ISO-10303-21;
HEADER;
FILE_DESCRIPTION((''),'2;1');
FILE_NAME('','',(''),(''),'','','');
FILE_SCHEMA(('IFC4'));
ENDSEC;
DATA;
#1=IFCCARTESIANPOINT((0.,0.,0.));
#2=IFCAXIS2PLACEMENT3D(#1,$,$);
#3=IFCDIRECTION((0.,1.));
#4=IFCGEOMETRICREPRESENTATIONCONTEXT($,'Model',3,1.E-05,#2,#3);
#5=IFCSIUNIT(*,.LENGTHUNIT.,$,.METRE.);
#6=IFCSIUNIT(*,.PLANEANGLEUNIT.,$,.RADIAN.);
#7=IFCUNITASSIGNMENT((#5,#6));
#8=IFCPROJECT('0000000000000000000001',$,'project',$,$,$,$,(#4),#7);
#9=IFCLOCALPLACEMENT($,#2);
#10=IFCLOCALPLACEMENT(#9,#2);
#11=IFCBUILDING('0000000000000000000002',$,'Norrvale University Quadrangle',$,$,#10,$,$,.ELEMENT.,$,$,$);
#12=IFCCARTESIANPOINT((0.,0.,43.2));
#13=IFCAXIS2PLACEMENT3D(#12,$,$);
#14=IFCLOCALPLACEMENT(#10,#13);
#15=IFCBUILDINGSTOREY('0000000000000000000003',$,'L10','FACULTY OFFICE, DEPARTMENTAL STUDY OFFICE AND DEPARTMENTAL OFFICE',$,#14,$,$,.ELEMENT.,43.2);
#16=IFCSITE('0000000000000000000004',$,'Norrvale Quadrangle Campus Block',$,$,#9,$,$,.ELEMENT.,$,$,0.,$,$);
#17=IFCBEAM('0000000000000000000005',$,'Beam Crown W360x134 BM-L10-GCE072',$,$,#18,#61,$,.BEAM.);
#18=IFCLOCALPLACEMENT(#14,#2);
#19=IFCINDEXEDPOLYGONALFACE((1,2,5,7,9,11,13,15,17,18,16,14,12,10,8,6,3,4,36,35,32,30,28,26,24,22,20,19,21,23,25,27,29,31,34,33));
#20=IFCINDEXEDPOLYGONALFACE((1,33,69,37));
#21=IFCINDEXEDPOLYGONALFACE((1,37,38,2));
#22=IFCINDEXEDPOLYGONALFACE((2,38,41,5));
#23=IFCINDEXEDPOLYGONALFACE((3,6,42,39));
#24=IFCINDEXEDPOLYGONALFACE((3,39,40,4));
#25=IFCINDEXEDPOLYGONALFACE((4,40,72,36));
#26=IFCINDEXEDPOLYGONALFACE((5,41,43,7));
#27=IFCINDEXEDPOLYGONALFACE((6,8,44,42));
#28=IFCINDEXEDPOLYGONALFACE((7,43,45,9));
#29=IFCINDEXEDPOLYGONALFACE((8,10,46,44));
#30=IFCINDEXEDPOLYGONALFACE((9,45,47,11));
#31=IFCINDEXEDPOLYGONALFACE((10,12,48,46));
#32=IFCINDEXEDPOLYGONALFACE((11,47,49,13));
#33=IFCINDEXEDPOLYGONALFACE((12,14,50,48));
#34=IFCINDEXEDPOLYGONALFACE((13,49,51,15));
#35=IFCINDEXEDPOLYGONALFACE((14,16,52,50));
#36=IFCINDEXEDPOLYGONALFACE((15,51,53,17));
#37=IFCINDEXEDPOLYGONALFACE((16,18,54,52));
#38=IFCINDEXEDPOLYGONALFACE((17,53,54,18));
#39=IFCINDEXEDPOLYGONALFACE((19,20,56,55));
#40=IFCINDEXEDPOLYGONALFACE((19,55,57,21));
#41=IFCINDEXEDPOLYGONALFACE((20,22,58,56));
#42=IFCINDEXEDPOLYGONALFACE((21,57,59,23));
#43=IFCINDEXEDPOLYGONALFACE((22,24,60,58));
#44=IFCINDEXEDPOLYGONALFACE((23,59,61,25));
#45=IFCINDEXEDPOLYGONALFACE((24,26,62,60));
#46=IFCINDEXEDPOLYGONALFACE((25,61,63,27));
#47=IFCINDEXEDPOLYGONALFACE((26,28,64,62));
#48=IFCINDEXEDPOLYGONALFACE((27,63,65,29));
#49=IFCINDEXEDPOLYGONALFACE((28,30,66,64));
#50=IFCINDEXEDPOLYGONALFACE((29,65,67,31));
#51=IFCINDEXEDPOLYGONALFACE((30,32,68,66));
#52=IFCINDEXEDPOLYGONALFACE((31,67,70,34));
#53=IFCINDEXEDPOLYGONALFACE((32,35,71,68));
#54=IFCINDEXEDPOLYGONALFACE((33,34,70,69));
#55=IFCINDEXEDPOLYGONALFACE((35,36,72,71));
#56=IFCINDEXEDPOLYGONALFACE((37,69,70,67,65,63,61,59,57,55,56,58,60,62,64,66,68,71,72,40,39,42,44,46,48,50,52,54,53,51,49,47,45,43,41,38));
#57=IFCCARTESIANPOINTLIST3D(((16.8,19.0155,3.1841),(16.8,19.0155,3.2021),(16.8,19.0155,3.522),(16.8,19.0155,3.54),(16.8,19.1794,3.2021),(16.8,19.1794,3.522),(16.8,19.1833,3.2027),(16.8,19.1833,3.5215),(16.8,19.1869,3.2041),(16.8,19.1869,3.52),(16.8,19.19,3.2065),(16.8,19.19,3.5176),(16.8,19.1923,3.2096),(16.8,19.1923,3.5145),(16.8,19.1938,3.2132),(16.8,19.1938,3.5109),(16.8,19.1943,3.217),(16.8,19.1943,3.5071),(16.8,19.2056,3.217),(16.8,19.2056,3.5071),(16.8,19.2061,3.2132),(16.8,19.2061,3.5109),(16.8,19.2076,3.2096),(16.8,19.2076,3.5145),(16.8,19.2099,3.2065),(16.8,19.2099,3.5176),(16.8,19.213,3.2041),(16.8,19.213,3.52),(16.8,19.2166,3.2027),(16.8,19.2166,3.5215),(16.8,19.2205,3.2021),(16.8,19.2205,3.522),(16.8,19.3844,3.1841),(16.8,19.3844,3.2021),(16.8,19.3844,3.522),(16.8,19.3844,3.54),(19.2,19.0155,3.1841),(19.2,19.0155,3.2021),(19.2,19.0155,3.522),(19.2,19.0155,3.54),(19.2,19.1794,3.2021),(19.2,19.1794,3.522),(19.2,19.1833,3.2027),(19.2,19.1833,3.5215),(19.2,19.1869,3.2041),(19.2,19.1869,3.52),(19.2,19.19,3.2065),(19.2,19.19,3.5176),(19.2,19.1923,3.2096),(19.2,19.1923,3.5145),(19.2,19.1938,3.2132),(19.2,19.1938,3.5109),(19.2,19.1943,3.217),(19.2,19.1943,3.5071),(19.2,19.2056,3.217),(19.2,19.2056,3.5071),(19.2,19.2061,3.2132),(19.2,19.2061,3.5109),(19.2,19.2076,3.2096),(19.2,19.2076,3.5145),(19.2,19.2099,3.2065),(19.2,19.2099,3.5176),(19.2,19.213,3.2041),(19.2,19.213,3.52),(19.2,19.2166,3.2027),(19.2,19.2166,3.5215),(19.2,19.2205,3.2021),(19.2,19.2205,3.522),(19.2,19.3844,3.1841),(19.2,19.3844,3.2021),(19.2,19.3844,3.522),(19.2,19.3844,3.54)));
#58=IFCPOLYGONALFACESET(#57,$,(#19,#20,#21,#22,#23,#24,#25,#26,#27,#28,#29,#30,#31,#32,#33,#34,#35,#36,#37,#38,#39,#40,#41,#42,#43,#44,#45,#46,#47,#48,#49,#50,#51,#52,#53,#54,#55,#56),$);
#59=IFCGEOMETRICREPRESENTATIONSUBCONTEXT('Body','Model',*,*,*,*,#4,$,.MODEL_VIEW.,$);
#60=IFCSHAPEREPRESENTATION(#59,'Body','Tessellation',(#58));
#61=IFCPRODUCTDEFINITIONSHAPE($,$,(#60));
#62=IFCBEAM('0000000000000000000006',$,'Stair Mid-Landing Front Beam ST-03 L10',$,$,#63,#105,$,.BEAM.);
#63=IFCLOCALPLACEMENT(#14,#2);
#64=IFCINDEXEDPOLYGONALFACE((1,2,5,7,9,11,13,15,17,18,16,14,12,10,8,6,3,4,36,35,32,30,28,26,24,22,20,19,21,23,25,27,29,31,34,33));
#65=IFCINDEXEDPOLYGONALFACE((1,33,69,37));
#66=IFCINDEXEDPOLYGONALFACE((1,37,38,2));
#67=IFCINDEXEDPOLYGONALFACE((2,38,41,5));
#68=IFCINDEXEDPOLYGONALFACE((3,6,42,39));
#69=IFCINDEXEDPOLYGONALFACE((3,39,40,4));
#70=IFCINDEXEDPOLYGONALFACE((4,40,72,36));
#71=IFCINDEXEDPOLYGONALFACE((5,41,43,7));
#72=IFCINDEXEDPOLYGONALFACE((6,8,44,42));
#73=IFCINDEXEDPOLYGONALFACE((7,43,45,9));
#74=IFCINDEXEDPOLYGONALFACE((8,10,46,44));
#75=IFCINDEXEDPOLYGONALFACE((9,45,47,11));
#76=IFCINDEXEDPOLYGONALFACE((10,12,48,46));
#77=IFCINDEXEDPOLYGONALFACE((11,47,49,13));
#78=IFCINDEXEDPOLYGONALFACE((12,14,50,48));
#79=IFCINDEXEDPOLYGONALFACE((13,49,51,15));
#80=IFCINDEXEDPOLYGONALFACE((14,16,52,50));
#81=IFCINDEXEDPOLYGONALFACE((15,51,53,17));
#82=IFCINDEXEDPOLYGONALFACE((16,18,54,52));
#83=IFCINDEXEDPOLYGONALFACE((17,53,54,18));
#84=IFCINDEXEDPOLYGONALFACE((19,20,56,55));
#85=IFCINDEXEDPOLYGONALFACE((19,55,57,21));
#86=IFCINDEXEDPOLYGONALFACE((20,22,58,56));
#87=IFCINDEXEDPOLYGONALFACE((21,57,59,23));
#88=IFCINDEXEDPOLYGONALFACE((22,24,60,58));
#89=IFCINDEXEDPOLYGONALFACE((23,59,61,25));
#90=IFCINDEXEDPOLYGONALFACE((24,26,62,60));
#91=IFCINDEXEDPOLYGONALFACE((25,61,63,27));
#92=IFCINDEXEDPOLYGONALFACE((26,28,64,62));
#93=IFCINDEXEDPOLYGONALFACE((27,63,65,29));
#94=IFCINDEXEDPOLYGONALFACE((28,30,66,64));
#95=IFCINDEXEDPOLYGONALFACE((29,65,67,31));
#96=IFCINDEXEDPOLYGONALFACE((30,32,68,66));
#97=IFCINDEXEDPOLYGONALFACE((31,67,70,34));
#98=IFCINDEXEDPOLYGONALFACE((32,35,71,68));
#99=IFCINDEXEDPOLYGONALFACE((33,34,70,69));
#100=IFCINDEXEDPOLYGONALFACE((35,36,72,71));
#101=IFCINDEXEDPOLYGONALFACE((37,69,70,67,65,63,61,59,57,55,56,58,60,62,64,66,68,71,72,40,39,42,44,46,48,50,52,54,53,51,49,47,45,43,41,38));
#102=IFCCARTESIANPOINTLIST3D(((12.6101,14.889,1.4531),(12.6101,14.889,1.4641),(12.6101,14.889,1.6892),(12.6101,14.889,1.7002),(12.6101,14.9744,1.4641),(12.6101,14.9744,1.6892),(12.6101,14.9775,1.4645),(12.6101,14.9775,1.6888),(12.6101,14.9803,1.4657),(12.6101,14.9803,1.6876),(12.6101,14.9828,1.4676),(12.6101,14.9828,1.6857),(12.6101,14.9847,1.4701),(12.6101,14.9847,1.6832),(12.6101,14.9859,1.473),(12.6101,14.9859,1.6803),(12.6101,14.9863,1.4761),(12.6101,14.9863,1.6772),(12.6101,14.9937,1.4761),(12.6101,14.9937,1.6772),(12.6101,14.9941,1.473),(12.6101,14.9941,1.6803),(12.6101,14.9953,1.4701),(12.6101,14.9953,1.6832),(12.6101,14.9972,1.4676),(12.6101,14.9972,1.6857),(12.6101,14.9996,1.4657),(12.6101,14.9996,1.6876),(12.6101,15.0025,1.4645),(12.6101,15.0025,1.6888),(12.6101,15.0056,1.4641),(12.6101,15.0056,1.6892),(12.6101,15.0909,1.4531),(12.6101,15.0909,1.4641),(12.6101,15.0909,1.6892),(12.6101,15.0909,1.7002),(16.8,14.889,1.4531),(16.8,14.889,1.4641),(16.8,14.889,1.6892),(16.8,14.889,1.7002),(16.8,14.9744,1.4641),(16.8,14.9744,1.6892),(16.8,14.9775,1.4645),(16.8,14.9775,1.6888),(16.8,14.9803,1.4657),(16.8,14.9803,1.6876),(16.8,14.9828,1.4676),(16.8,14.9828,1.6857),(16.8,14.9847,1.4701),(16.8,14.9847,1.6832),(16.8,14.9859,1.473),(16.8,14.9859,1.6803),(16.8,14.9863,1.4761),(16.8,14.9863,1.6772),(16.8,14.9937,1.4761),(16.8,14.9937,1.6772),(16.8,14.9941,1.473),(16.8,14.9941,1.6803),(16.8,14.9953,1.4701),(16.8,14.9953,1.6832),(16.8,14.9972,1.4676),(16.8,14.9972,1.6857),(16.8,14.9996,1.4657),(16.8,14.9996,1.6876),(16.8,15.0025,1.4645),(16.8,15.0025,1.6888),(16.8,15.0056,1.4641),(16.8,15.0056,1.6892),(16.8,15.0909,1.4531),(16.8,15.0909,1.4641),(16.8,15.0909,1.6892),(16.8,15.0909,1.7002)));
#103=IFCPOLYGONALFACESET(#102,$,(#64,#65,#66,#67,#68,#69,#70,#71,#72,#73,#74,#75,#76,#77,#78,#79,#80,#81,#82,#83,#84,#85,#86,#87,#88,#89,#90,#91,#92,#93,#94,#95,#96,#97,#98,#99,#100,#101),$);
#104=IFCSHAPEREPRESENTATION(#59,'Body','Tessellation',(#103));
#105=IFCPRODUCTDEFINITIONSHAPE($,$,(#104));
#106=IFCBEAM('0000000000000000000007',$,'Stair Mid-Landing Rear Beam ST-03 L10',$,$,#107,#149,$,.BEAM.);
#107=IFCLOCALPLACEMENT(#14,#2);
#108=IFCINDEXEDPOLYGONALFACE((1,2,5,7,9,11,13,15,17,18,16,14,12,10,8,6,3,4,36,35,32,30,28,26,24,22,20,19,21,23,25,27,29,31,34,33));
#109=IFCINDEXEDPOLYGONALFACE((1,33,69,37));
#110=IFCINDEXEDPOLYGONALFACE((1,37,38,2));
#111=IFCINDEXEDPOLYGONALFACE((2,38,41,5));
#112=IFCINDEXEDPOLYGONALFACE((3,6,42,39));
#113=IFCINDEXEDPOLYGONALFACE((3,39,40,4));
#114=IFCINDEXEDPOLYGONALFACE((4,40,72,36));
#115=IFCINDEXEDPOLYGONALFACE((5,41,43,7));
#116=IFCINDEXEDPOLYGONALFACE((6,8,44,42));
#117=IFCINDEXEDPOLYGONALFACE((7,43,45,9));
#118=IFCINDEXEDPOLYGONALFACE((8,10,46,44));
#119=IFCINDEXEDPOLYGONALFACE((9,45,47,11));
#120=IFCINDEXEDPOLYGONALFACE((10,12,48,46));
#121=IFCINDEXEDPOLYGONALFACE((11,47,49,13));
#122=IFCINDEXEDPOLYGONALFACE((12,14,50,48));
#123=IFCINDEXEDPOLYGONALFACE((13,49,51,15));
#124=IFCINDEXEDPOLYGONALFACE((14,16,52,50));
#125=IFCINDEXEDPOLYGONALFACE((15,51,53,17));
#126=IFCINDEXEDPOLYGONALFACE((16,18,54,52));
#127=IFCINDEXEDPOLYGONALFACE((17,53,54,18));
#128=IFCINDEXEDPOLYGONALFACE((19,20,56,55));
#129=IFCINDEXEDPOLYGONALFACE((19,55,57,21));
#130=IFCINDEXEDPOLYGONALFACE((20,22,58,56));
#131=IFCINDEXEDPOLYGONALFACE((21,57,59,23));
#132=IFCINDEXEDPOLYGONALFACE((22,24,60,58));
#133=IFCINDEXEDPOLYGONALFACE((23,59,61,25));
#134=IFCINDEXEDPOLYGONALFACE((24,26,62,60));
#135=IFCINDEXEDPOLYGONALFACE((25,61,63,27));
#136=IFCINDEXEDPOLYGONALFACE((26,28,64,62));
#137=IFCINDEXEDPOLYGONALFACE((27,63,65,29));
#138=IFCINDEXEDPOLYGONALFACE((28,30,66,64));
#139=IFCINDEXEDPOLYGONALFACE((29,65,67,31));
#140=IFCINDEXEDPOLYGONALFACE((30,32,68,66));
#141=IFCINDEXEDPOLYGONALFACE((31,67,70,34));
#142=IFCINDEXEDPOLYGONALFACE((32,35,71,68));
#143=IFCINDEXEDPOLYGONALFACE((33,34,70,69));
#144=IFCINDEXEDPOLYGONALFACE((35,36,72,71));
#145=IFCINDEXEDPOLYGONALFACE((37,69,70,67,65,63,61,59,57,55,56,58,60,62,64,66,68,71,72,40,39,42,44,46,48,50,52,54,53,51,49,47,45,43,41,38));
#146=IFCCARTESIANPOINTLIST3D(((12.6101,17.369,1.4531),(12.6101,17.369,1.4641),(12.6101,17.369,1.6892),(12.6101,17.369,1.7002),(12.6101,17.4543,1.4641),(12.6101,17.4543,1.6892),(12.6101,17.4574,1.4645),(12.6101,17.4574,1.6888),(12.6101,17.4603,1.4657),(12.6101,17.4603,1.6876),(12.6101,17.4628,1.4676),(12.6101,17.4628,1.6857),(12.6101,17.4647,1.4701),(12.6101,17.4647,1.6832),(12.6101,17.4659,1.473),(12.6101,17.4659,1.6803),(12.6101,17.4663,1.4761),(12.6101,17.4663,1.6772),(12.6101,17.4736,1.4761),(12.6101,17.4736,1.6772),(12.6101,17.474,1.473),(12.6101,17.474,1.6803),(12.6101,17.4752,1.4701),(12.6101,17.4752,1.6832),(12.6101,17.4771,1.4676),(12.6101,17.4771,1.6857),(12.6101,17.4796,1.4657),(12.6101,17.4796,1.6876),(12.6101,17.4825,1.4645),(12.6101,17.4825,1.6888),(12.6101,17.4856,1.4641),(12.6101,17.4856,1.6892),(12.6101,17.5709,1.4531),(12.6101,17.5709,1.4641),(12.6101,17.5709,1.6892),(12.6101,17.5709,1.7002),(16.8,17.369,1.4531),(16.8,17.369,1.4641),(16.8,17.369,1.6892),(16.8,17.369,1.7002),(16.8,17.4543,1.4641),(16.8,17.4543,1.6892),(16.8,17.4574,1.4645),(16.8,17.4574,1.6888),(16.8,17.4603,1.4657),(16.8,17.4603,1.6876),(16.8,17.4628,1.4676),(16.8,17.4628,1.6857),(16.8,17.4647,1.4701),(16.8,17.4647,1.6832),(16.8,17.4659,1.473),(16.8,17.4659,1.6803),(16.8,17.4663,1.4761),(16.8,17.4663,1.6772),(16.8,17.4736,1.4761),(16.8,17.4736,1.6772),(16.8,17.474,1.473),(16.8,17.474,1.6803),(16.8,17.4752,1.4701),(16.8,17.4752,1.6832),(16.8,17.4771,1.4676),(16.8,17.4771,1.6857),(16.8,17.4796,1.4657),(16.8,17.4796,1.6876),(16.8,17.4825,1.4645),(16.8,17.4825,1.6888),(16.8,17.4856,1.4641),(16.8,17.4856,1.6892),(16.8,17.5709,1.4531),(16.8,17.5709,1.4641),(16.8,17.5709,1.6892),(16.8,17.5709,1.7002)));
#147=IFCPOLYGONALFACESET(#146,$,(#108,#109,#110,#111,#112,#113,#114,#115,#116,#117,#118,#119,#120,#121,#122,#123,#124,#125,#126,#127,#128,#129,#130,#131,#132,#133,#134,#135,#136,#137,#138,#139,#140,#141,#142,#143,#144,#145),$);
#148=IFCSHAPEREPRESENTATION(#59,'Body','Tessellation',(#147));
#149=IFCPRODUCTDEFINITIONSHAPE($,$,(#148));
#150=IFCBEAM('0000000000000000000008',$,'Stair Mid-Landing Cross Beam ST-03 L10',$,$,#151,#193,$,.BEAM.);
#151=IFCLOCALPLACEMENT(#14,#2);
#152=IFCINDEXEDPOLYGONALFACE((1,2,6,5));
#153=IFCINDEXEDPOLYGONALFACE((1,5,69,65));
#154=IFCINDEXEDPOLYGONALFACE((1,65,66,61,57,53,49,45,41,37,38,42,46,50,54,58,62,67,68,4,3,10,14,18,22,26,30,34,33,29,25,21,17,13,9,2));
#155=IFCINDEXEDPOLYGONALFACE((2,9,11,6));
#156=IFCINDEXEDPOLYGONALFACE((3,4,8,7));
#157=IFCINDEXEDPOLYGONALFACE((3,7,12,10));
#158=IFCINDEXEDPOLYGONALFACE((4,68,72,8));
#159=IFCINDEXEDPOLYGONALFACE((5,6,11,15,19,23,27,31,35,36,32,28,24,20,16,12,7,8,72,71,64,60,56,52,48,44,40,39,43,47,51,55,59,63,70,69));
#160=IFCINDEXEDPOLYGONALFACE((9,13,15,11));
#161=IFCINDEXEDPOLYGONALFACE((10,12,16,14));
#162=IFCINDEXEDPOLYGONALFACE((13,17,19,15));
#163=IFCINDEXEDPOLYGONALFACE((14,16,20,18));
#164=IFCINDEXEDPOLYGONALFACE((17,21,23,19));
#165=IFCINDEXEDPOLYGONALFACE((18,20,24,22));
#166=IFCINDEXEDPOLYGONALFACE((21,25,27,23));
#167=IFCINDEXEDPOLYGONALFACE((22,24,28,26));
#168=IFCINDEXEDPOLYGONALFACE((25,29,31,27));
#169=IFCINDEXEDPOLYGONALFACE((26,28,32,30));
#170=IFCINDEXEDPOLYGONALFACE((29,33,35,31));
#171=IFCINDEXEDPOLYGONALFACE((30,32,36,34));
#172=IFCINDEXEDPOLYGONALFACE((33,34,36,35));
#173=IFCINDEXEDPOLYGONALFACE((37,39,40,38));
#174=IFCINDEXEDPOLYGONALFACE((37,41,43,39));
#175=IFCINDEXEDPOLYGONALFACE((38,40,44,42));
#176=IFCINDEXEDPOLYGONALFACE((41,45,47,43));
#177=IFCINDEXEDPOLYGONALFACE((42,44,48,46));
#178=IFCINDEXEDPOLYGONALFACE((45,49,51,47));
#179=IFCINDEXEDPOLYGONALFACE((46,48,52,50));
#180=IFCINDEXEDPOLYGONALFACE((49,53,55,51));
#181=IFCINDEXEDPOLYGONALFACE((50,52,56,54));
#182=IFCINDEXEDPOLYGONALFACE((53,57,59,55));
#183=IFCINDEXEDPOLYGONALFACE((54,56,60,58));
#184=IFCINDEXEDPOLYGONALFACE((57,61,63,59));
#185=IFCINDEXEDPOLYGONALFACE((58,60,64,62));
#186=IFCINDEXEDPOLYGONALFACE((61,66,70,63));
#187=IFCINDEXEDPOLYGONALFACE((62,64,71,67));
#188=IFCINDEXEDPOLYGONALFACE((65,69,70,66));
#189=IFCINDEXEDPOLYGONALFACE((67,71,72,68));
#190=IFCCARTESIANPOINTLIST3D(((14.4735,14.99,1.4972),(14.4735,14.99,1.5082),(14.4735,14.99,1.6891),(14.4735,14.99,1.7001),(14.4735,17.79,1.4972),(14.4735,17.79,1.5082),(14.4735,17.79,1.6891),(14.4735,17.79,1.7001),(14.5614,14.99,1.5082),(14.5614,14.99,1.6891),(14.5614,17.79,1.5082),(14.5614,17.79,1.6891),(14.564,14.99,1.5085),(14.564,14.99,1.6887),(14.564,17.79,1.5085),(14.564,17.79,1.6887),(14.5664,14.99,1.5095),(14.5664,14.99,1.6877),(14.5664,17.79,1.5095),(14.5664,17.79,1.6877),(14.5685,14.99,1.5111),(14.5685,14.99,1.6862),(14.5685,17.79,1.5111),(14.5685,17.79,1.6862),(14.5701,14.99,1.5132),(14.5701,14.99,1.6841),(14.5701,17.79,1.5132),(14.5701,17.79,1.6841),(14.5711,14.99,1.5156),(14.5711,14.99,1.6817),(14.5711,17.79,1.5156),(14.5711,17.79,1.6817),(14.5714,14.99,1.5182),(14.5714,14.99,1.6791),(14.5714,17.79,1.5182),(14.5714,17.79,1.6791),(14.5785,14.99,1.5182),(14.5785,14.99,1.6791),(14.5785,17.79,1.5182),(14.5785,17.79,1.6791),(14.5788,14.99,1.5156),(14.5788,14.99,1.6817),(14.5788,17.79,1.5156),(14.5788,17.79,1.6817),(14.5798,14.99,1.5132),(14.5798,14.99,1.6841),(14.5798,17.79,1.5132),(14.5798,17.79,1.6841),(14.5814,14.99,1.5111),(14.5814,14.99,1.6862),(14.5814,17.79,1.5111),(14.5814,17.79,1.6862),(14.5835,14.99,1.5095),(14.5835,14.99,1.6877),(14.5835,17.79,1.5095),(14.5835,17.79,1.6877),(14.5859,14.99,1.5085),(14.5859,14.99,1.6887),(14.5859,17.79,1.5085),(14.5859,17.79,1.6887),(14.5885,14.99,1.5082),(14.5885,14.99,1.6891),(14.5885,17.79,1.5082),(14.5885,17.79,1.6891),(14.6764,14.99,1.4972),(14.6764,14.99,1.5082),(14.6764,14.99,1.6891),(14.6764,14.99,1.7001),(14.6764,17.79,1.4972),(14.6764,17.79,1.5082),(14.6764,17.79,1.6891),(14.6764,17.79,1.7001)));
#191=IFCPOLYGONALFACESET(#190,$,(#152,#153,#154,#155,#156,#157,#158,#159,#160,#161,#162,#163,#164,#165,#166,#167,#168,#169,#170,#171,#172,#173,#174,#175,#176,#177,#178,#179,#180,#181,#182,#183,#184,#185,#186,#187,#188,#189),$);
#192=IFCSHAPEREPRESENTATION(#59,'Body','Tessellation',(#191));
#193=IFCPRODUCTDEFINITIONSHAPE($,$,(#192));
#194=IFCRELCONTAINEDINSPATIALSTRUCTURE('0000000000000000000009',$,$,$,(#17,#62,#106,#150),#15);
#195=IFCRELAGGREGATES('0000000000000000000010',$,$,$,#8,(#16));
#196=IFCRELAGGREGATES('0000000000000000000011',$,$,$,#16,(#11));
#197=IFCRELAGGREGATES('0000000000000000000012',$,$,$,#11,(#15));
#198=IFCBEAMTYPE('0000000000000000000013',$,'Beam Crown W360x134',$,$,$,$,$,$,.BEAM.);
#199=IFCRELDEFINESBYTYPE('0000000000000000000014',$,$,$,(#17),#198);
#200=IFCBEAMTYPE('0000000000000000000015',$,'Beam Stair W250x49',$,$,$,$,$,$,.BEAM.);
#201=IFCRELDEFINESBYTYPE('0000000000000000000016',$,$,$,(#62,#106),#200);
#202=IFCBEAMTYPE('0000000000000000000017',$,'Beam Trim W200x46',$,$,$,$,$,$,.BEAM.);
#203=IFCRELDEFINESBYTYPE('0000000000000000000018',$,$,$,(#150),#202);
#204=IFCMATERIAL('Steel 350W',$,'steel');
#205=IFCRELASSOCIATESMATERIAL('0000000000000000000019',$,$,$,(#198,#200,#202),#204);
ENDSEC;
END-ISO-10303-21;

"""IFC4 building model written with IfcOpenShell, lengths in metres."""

from ifc_helpers import new_model, si_unit, direction, frame, origin, origin_2d, place, context, subcontext, project, spatial, i_section, extrude, material, material_profile, profile_set, type_object, element, save


model = new_model("IFC4")

# Units and contexts
model_context = context("Model", 3, precision=1e-05, world=origin(), true_north=direction((0.0, 1.0)))
body_context = subcontext(model_context, "Body", "Model", "MODEL_VIEW")
ifc_project = project(units=[si_unit("LENGTHUNIT", "METRE"), si_unit("PLANEANGLEUNIT", "RADIAN")], contexts=[model_context])

# Site, building, storey
site_placement = place(None, origin())
site = spatial("IfcSite", under=ifc_project, at=site_placement, Name="Norrvale Quadrangle Campus Block", CompositionType="ELEMENT", RefElevation=0.0)
building_placement = place(site_placement, origin())
building = spatial("IfcBuilding", under=site, at=building_placement, Name="Norrvale University Quadrangle", CompositionType="ELEMENT")
storey_placement = place(building_placement, frame((0.0, 0.0, 43.2)))
storey = spatial("IfcBuildingStorey", under=building, at=storey_placement, Name="L10", Description="FACULTY OFFICE, DEPARTMENTAL STUDY OFFICE AND DEPARTMENTAL OFFICE", CompositionType="ELEMENT", Elevation=43.2)

# Beams
ifc_material_1 = material(Name="Steel 350W", Category="steel")
ifc_material_profile_1 = material_profile(ifc_material_1, i_section(OverallWidth=0.3689, OverallDepth=0.356, WebThickness=0.0112, FlangeThickness=0.0181, FilletRadius=0.0149, at=origin_2d()), Name="Steel 350W")
ifc_profile_set_1 = profile_set([ifc_material_profile_1], Name="Steel 350W")
beam_type_1 = type_object("IfcBeamType", Name="Beam Crown W360x134", PredefinedType="BEAM", material=ifc_profile_set_1)
beam_1_placement = place(storey_placement, frame((16.8, 19.2, 3.3621), z_axis=(1.0, 0.0, 0.0), x_axis=(0.0, 1.0, 0.0)))
element("IfcBeam", 1, at=beam_1_placement, inside=storey, type_object=beam_type_1, Name="Beam Crown W360x134 BM-L10-GCE072", PredefinedType="BEAM", context=body_context, shape_type="SweptSolid", body=[
    extrude(i_section(OverallWidth=0.3689, OverallDepth=0.356, WebThickness=0.0112, FlangeThickness=0.0181, FilletRadius=0.0149, at=origin_2d()), origin(), (0.0, 0.0, 1.0), 2.3999),
])
ifc_material_profile_2 = material_profile(ifc_material_1, i_section(OverallWidth=0.2019, OverallDepth=0.2471, WebThickness=0.0073, FlangeThickness=0.011, FilletRadius=0.012, at=origin_2d()), Name="Steel 350W")
ifc_profile_set_2 = profile_set([ifc_material_profile_2], Name="Steel 350W")
beam_type_2 = type_object("IfcBeamType", Name="Beam Stair W250x49", PredefinedType="BEAM", material=ifc_profile_set_2)
for number, where, z_axis, x_axis, name in (
    (2, (12.6101, 14.99, 1.5767), (1.0, 0.0, 0.0), (0.0, 1.0, 0.0), "Stair Mid-Landing Front Beam ST-03 L10"),
    (3, (12.6101, 17.47, 1.5767), (1.0, 0.0, 0.0), (0.0, 1.0, 0.0), "Stair Mid-Landing Rear Beam ST-03 L10"),
):
    element("IfcBeam", number, at=place(storey_placement, frame(where, z_axis=z_axis, x_axis=x_axis)), inside=storey, type_object=beam_type_2, Name=name, PredefinedType="BEAM", context=body_context, shape_type="SweptSolid", body=[
        extrude(i_section(OverallWidth=0.2019, OverallDepth=0.2471, WebThickness=0.0073, FlangeThickness=0.011, FilletRadius=0.012, at=origin_2d()), origin(), (0.0, 0.0, 1.0), 4.1899),
    ])
ifc_material_profile_3 = material_profile(ifc_material_1, i_section(OverallWidth=0.2029, OverallDepth=0.2029, WebThickness=0.0071, FlangeThickness=0.011, FilletRadius=0.01, at=origin_2d()), Name="Steel 350W")
ifc_profile_set_3 = profile_set([ifc_material_profile_3], Name="Steel 350W")
beam_type_3 = type_object("IfcBeamType", Name="Beam Trim W200x46", PredefinedType="BEAM", material=ifc_profile_set_3)
beam_2_placement = place(storey_placement, frame((14.575, 14.99, 1.5986), z_axis=(0.0, 1.0, 0.0), x_axis=(-1.0, 0.0, 0.0)))
element("IfcBeam", 4, at=beam_2_placement, inside=storey, type_object=beam_type_3, Name="Stair Mid-Landing Cross Beam ST-03 L10", PredefinedType="BEAM", context=body_context, shape_type="SweptSolid", body=[
    extrude(i_section(OverallWidth=0.2029, OverallDepth=0.2029, WebThickness=0.0071, FlangeThickness=0.011, FilletRadius=0.01, at=origin_2d()), origin(), (0.0, 0.0, 1.0), 2.8),
])

save(model, "model.ifc")
